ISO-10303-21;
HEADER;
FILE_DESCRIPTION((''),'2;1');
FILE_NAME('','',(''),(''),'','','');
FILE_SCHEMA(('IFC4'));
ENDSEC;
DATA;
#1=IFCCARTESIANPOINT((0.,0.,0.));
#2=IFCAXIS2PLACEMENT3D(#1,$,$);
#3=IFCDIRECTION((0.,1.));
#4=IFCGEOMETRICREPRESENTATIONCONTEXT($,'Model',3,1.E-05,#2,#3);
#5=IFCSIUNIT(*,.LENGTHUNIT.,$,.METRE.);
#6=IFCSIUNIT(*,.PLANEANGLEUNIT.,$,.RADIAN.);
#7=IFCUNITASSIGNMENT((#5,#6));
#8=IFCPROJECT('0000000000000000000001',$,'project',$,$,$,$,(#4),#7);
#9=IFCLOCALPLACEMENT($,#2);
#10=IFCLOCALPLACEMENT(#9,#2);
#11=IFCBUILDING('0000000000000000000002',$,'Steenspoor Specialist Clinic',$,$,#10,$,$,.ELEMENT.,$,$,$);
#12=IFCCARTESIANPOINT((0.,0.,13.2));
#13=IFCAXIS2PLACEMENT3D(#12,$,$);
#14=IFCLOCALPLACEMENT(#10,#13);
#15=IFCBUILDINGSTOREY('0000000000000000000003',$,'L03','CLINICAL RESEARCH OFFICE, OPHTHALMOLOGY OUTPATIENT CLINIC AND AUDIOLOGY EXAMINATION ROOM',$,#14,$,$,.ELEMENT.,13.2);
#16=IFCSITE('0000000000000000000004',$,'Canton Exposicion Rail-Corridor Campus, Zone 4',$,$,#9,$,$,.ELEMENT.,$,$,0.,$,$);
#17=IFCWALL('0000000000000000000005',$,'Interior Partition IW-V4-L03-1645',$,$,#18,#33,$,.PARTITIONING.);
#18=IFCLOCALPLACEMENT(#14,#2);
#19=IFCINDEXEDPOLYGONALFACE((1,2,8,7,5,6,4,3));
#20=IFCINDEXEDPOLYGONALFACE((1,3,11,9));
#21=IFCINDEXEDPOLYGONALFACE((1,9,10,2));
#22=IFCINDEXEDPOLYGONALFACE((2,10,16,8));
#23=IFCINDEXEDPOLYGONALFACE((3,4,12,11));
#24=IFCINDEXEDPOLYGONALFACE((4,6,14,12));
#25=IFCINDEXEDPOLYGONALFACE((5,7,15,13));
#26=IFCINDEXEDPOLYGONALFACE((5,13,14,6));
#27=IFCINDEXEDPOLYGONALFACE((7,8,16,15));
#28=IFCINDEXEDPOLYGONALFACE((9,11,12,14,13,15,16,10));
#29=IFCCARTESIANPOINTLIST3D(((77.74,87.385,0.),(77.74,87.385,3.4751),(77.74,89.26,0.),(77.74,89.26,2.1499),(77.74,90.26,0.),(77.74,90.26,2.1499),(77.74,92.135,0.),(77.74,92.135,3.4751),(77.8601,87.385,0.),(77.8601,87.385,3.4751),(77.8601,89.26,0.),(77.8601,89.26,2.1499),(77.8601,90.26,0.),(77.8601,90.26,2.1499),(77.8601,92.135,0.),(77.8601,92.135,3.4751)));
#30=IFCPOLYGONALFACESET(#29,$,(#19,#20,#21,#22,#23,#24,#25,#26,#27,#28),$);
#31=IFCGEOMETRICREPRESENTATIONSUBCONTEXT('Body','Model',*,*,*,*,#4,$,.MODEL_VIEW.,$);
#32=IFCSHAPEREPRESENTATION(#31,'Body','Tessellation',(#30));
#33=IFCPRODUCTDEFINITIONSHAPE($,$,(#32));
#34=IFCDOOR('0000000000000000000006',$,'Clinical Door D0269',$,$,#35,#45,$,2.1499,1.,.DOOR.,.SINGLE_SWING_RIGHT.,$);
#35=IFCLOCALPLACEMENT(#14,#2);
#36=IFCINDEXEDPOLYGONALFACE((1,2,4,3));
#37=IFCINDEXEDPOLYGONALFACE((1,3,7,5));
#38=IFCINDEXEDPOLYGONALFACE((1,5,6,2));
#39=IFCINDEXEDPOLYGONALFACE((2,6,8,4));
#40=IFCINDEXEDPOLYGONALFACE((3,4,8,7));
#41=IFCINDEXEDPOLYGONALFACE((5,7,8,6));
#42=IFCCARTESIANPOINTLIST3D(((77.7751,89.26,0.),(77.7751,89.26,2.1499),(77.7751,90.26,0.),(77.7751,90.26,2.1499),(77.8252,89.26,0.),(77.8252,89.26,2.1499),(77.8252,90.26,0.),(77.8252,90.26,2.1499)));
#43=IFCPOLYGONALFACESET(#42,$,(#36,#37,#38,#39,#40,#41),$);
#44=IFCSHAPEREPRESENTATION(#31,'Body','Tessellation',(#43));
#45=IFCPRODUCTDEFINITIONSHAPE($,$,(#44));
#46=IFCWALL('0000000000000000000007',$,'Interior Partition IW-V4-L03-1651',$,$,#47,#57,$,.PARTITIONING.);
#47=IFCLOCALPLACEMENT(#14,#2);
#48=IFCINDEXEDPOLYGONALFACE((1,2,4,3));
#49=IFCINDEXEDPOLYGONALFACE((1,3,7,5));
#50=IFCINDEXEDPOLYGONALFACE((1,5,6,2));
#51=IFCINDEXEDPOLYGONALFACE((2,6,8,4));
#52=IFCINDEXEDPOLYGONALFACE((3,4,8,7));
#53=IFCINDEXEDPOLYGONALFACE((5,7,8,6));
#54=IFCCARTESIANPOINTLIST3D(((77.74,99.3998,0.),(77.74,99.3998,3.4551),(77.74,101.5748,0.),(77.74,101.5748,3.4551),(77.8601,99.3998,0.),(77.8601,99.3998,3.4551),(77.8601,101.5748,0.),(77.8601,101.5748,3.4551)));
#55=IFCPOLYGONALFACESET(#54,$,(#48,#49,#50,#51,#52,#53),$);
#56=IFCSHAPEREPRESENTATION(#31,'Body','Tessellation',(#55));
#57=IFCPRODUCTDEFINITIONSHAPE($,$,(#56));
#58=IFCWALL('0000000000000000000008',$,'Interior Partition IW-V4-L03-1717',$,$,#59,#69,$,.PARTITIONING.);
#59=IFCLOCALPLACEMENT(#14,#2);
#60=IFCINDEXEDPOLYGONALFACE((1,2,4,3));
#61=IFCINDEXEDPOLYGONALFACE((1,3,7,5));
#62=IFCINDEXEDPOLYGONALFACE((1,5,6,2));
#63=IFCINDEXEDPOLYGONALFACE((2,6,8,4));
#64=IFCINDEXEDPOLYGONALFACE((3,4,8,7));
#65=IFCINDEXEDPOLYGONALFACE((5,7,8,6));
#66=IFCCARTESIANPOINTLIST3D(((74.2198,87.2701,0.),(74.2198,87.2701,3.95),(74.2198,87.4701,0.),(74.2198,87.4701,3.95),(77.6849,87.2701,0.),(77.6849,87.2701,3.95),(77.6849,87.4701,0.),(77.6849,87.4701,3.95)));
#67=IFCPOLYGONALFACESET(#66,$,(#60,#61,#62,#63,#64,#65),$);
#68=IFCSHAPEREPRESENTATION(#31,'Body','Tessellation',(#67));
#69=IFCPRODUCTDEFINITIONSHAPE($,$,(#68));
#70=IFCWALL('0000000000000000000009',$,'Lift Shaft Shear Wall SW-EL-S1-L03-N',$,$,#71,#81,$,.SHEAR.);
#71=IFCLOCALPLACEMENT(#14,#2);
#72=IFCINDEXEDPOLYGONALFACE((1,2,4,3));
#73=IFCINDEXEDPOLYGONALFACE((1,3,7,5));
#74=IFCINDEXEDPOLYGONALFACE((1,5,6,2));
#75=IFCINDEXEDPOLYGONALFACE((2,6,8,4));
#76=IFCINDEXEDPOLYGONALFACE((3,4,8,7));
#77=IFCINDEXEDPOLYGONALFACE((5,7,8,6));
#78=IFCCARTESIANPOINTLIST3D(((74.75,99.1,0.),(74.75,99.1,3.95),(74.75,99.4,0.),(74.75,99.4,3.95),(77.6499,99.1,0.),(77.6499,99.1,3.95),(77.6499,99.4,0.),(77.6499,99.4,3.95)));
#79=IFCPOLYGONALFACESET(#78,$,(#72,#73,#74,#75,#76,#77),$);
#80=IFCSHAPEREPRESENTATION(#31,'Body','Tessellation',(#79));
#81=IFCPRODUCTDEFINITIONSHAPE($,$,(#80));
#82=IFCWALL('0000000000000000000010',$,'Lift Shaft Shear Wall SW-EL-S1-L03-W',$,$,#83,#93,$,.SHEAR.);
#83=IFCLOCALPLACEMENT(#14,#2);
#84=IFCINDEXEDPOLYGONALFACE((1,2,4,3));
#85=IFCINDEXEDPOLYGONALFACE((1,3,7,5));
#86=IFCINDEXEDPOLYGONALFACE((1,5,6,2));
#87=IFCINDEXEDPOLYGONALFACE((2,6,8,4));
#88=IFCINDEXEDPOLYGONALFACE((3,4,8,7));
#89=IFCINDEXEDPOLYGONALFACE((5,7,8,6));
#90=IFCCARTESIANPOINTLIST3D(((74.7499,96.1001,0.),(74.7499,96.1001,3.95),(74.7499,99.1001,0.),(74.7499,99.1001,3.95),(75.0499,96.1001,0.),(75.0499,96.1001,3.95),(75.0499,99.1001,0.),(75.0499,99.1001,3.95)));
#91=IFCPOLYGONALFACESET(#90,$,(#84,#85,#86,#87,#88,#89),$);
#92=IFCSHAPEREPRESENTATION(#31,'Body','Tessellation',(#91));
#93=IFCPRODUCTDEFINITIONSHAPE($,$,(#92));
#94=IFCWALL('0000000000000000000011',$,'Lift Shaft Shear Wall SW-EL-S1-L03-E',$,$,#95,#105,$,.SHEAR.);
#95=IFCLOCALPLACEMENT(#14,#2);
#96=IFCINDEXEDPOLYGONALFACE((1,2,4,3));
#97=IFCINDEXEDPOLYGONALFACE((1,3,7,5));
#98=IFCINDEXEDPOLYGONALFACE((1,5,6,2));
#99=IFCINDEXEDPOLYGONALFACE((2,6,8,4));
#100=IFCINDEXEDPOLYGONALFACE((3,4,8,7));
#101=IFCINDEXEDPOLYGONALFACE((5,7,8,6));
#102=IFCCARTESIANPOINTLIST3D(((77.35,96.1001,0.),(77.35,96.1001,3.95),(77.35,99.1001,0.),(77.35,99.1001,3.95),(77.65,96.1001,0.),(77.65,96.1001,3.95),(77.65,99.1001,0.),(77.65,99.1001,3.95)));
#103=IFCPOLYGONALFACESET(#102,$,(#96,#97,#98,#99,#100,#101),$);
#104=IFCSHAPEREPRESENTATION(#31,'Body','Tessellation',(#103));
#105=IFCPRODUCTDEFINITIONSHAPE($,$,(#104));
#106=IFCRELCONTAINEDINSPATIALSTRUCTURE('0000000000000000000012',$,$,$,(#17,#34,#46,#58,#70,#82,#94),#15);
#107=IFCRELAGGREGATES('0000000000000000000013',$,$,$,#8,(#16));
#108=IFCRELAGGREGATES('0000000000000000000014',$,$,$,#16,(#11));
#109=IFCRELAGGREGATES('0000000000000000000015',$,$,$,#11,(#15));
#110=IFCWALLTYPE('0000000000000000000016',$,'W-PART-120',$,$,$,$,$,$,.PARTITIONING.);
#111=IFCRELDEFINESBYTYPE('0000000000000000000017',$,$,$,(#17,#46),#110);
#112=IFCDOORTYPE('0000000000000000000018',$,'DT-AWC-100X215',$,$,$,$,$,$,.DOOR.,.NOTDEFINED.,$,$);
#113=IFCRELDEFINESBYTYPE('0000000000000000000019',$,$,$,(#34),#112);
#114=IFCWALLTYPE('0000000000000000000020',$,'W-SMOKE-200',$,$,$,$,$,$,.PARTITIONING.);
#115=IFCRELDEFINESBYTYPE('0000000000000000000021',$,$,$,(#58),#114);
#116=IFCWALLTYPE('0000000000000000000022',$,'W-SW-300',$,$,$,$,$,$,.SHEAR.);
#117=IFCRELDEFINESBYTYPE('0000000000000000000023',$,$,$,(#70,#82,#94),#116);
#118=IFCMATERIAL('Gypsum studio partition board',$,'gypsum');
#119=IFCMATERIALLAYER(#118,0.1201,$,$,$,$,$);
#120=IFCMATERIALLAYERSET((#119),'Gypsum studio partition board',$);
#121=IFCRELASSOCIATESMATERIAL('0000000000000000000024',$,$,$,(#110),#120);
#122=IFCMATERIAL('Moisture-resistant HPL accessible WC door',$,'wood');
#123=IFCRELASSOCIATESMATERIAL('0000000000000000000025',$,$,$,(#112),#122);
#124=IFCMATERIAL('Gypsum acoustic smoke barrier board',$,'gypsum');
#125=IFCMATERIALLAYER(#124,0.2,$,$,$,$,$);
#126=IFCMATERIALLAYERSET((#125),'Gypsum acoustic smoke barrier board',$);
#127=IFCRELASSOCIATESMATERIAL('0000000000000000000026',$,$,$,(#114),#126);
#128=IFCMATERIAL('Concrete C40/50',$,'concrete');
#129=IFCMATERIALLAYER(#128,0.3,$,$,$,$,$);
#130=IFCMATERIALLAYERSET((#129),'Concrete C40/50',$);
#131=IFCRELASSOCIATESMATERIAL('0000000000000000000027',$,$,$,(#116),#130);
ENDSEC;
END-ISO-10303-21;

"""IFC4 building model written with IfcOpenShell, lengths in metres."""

from ifc_helpers import new_model, si_unit, direction, frame, frame_2d, origin, place, context, subcontext, project, spatial, rectangle, extrude, material, layer, layer_set, type_object, element, fill, save


model = new_model("IFC4")

# Units and contexts
model_context = context("Model", 3, precision=1e-05, world=origin(), true_north=direction((0.0, 1.0)))
body_context = subcontext(model_context, "Body", "Model", "MODEL_VIEW")
ifc_project = project(units=[si_unit("LENGTHUNIT", "METRE"), si_unit("PLANEANGLEUNIT", "RADIAN")], contexts=[model_context])

# Site, building, storey
site_placement = place(None, origin())
site = spatial("IfcSite", under=ifc_project, at=site_placement, Name="Canton Exposicion Rail-Corridor Campus, Zone 4", CompositionType="ELEMENT", RefElevation=0.0)
building_placement = place(site_placement, origin())
building = spatial("IfcBuilding", under=site, at=building_placement, Name="Steenspoor Specialist Clinic", CompositionType="ELEMENT")
storey_placement = place(building_placement, frame((0.0, 0.0, 13.2)))
storey = spatial("IfcBuildingStorey", under=building, at=storey_placement, Name="L03", Description="CLINICAL RESEARCH OFFICE, OPHTHALMOLOGY OUTPATIENT CLINIC AND AUDIOLOGY EXAMINATION ROOM", CompositionType="ELEMENT", Elevation=13.2)

# Shared definitions
ifc_material_1 = material(Name="Gypsum studio partition board", Category="gypsum")
ifc_layer_1 = layer(ifc_material_1, 0.1201)
ifc_layer_set_1 = layer_set([ifc_layer_1], Name="Gypsum studio partition board")
wall_type_1 = type_object("IfcWallType", Name="W-PART-120", PredefinedType="PARTITIONING", material=ifc_layer_set_1)

# Wall, opening, door
wall_1_placement = place(storey_placement, frame((77.8, 87.385, 0.0), z_axis=(0.0, 0.0, 1.0), x_axis=(0.0, 1.0, 0.0)))
wall_1 = element("IfcWall", 1, at=wall_1_placement, inside=storey, type_object=wall_type_1, Name="Interior Partition IW-V4-L03-1645", PredefinedType="PARTITIONING", context=body_context, shape_type="SweptSolid", body=[
    extrude(rectangle(XDim=4.75, YDim=0.1201, at=frame_2d((2.375, 0.0))), origin(), (0.0, 0.0, 1.0), 3.4751),
])
opening_1_placement = place(wall_1_placement, frame((1.875, 0.0, 0.0)))
opening_1 = element("IfcOpeningElement", 2, at=opening_1_placement, cuts=wall_1, PredefinedType="OPENING", context=body_context, shape_type="SweptSolid", body=[
    extrude(rectangle(XDim=1.0, YDim=2.1499, at=frame_2d((0.5, 1.075))), frame((0.0, 0.0701, 0.0), z_axis=(0.0, -1.0, 0.0), x_axis=(1.0, 0.0, 0.0)), (0.0, 0.0, 1.0), 0.1401),
])
ifc_material_2 = material(Name="Moisture-resistant HPL accessible WC door", Category="wood")
door_type_1 = type_object("IfcDoorType", Name="DT-AWC-100X215", OperationType="NOTDEFINED", PredefinedType="DOOR", material=ifc_material_2)
door_1_placement = place(opening_1_placement, origin())
door_1 = element("IfcDoor", 3, at=door_1_placement, inside=storey, type_object=door_type_1, Name="Clinical Door D0269", OperationType="SINGLE_SWING_RIGHT", OverallHeight=2.1499, OverallWidth=1.0, PredefinedType="DOOR", context=body_context, shape_type="SweptSolid", body=[
    extrude(rectangle(XDim=1.0, YDim=2.1499, at=frame_2d((0.5, 1.075))), frame((0.0, 0.0249, 0.0), z_axis=(0.0, -1.0, 0.0), x_axis=(1.0, 0.0, 0.0)), (0.0, 0.0, 1.0), 0.05),
])
fill(opening_1, door_1)

# Walls
wall_2_placement = place(storey_placement, frame((77.8, 99.3999, 0.0), z_axis=(0.0, 0.0, 1.0), x_axis=(0.0, 1.0, 0.0)))
element("IfcWall", 4, at=wall_2_placement, inside=storey, type_object=wall_type_1, Name="Interior Partition IW-V4-L03-1651", PredefinedType="PARTITIONING", context=body_context, shape_type="SweptSolid", body=[
    extrude(rectangle(XDim=2.175, YDim=0.1201, at=frame_2d((1.0874, 0.0))), origin(), (0.0, 0.0, 1.0), 3.4551),
])
ifc_material_3 = material(Name="Gypsum acoustic smoke barrier board", Category="gypsum")
ifc_layer_2 = layer(ifc_material_3, 0.2)
ifc_layer_set_2 = layer_set([ifc_layer_2], Name="Gypsum acoustic smoke barrier board")
wall_type_2 = type_object("IfcWallType", Name="W-SMOKE-200", PredefinedType="PARTITIONING", material=ifc_layer_set_2)
wall_3_placement = place(storey_placement, frame((74.22, 87.3701, 0.0), z_axis=(0.0, 0.0, 1.0), x_axis=(1.0, 0.0, 0.0)))
element("IfcWall", 5, at=wall_3_placement, inside=storey, type_object=wall_type_2, Name="Interior Partition IW-V4-L03-1717", PredefinedType="PARTITIONING", context=body_context, shape_type="SweptSolid", body=[
    extrude(rectangle(XDim=3.4651, YDim=0.2, at=frame_2d((1.7324, 0.0))), origin(), (0.0, 0.0, 1.0), 3.95),
])

# Shared definitions
ifc_material_4 = material(Name="Concrete C40/50", Category="concrete")
ifc_layer_3 = layer(ifc_material_4, 0.3)
ifc_layer_set_3 = layer_set([ifc_layer_3], Name="Concrete C40/50")
wall_type_3 = type_object("IfcWallType", Name="W-SW-300", PredefinedType="SHEAR", material=ifc_layer_set_3)

# Walls
wall_4_placement = place(storey_placement, frame((74.75, 99.25, 0.0), z_axis=(0.0, 0.0, 1.0), x_axis=(1.0, 0.0, 0.0)))
element("IfcWall", 6, at=wall_4_placement, inside=storey, type_object=wall_type_3, Name="Lift Shaft Shear Wall SW-EL-S1-L03-N", PredefinedType="SHEAR", context=body_context, shape_type="SweptSolid", body=[
    extrude(rectangle(XDim=2.8999, YDim=0.3, at=frame_2d((1.45, 0.0))), origin(), (0.0, 0.0, 1.0), 3.95),
])
for number, where, z_axis, x_axis, name in (
    (7, (74.8999, 96.1001, 0.0), (0.0, 0.0, 1.0), (0.0, 1.0, 0.0), "Lift Shaft Shear Wall SW-EL-S1-L03-W"),
    (8, (77.5, 96.1001, 0.0), (0.0, 0.0, 1.0), (0.0, 1.0, 0.0), "Lift Shaft Shear Wall SW-EL-S1-L03-E"),
):
    element("IfcWall", number, at=place(storey_placement, frame(where, z_axis=z_axis, x_axis=x_axis)), inside=storey, type_object=wall_type_3, Name=name, PredefinedType="SHEAR", context=body_context, shape_type="SweptSolid", body=[
        extrude(rectangle(XDim=3.0, YDim=0.3, at=frame_2d((1.5, 0.0))), origin(), (0.0, 0.0, 1.0), 3.95),
    ])

save(model, "model.ifc")
